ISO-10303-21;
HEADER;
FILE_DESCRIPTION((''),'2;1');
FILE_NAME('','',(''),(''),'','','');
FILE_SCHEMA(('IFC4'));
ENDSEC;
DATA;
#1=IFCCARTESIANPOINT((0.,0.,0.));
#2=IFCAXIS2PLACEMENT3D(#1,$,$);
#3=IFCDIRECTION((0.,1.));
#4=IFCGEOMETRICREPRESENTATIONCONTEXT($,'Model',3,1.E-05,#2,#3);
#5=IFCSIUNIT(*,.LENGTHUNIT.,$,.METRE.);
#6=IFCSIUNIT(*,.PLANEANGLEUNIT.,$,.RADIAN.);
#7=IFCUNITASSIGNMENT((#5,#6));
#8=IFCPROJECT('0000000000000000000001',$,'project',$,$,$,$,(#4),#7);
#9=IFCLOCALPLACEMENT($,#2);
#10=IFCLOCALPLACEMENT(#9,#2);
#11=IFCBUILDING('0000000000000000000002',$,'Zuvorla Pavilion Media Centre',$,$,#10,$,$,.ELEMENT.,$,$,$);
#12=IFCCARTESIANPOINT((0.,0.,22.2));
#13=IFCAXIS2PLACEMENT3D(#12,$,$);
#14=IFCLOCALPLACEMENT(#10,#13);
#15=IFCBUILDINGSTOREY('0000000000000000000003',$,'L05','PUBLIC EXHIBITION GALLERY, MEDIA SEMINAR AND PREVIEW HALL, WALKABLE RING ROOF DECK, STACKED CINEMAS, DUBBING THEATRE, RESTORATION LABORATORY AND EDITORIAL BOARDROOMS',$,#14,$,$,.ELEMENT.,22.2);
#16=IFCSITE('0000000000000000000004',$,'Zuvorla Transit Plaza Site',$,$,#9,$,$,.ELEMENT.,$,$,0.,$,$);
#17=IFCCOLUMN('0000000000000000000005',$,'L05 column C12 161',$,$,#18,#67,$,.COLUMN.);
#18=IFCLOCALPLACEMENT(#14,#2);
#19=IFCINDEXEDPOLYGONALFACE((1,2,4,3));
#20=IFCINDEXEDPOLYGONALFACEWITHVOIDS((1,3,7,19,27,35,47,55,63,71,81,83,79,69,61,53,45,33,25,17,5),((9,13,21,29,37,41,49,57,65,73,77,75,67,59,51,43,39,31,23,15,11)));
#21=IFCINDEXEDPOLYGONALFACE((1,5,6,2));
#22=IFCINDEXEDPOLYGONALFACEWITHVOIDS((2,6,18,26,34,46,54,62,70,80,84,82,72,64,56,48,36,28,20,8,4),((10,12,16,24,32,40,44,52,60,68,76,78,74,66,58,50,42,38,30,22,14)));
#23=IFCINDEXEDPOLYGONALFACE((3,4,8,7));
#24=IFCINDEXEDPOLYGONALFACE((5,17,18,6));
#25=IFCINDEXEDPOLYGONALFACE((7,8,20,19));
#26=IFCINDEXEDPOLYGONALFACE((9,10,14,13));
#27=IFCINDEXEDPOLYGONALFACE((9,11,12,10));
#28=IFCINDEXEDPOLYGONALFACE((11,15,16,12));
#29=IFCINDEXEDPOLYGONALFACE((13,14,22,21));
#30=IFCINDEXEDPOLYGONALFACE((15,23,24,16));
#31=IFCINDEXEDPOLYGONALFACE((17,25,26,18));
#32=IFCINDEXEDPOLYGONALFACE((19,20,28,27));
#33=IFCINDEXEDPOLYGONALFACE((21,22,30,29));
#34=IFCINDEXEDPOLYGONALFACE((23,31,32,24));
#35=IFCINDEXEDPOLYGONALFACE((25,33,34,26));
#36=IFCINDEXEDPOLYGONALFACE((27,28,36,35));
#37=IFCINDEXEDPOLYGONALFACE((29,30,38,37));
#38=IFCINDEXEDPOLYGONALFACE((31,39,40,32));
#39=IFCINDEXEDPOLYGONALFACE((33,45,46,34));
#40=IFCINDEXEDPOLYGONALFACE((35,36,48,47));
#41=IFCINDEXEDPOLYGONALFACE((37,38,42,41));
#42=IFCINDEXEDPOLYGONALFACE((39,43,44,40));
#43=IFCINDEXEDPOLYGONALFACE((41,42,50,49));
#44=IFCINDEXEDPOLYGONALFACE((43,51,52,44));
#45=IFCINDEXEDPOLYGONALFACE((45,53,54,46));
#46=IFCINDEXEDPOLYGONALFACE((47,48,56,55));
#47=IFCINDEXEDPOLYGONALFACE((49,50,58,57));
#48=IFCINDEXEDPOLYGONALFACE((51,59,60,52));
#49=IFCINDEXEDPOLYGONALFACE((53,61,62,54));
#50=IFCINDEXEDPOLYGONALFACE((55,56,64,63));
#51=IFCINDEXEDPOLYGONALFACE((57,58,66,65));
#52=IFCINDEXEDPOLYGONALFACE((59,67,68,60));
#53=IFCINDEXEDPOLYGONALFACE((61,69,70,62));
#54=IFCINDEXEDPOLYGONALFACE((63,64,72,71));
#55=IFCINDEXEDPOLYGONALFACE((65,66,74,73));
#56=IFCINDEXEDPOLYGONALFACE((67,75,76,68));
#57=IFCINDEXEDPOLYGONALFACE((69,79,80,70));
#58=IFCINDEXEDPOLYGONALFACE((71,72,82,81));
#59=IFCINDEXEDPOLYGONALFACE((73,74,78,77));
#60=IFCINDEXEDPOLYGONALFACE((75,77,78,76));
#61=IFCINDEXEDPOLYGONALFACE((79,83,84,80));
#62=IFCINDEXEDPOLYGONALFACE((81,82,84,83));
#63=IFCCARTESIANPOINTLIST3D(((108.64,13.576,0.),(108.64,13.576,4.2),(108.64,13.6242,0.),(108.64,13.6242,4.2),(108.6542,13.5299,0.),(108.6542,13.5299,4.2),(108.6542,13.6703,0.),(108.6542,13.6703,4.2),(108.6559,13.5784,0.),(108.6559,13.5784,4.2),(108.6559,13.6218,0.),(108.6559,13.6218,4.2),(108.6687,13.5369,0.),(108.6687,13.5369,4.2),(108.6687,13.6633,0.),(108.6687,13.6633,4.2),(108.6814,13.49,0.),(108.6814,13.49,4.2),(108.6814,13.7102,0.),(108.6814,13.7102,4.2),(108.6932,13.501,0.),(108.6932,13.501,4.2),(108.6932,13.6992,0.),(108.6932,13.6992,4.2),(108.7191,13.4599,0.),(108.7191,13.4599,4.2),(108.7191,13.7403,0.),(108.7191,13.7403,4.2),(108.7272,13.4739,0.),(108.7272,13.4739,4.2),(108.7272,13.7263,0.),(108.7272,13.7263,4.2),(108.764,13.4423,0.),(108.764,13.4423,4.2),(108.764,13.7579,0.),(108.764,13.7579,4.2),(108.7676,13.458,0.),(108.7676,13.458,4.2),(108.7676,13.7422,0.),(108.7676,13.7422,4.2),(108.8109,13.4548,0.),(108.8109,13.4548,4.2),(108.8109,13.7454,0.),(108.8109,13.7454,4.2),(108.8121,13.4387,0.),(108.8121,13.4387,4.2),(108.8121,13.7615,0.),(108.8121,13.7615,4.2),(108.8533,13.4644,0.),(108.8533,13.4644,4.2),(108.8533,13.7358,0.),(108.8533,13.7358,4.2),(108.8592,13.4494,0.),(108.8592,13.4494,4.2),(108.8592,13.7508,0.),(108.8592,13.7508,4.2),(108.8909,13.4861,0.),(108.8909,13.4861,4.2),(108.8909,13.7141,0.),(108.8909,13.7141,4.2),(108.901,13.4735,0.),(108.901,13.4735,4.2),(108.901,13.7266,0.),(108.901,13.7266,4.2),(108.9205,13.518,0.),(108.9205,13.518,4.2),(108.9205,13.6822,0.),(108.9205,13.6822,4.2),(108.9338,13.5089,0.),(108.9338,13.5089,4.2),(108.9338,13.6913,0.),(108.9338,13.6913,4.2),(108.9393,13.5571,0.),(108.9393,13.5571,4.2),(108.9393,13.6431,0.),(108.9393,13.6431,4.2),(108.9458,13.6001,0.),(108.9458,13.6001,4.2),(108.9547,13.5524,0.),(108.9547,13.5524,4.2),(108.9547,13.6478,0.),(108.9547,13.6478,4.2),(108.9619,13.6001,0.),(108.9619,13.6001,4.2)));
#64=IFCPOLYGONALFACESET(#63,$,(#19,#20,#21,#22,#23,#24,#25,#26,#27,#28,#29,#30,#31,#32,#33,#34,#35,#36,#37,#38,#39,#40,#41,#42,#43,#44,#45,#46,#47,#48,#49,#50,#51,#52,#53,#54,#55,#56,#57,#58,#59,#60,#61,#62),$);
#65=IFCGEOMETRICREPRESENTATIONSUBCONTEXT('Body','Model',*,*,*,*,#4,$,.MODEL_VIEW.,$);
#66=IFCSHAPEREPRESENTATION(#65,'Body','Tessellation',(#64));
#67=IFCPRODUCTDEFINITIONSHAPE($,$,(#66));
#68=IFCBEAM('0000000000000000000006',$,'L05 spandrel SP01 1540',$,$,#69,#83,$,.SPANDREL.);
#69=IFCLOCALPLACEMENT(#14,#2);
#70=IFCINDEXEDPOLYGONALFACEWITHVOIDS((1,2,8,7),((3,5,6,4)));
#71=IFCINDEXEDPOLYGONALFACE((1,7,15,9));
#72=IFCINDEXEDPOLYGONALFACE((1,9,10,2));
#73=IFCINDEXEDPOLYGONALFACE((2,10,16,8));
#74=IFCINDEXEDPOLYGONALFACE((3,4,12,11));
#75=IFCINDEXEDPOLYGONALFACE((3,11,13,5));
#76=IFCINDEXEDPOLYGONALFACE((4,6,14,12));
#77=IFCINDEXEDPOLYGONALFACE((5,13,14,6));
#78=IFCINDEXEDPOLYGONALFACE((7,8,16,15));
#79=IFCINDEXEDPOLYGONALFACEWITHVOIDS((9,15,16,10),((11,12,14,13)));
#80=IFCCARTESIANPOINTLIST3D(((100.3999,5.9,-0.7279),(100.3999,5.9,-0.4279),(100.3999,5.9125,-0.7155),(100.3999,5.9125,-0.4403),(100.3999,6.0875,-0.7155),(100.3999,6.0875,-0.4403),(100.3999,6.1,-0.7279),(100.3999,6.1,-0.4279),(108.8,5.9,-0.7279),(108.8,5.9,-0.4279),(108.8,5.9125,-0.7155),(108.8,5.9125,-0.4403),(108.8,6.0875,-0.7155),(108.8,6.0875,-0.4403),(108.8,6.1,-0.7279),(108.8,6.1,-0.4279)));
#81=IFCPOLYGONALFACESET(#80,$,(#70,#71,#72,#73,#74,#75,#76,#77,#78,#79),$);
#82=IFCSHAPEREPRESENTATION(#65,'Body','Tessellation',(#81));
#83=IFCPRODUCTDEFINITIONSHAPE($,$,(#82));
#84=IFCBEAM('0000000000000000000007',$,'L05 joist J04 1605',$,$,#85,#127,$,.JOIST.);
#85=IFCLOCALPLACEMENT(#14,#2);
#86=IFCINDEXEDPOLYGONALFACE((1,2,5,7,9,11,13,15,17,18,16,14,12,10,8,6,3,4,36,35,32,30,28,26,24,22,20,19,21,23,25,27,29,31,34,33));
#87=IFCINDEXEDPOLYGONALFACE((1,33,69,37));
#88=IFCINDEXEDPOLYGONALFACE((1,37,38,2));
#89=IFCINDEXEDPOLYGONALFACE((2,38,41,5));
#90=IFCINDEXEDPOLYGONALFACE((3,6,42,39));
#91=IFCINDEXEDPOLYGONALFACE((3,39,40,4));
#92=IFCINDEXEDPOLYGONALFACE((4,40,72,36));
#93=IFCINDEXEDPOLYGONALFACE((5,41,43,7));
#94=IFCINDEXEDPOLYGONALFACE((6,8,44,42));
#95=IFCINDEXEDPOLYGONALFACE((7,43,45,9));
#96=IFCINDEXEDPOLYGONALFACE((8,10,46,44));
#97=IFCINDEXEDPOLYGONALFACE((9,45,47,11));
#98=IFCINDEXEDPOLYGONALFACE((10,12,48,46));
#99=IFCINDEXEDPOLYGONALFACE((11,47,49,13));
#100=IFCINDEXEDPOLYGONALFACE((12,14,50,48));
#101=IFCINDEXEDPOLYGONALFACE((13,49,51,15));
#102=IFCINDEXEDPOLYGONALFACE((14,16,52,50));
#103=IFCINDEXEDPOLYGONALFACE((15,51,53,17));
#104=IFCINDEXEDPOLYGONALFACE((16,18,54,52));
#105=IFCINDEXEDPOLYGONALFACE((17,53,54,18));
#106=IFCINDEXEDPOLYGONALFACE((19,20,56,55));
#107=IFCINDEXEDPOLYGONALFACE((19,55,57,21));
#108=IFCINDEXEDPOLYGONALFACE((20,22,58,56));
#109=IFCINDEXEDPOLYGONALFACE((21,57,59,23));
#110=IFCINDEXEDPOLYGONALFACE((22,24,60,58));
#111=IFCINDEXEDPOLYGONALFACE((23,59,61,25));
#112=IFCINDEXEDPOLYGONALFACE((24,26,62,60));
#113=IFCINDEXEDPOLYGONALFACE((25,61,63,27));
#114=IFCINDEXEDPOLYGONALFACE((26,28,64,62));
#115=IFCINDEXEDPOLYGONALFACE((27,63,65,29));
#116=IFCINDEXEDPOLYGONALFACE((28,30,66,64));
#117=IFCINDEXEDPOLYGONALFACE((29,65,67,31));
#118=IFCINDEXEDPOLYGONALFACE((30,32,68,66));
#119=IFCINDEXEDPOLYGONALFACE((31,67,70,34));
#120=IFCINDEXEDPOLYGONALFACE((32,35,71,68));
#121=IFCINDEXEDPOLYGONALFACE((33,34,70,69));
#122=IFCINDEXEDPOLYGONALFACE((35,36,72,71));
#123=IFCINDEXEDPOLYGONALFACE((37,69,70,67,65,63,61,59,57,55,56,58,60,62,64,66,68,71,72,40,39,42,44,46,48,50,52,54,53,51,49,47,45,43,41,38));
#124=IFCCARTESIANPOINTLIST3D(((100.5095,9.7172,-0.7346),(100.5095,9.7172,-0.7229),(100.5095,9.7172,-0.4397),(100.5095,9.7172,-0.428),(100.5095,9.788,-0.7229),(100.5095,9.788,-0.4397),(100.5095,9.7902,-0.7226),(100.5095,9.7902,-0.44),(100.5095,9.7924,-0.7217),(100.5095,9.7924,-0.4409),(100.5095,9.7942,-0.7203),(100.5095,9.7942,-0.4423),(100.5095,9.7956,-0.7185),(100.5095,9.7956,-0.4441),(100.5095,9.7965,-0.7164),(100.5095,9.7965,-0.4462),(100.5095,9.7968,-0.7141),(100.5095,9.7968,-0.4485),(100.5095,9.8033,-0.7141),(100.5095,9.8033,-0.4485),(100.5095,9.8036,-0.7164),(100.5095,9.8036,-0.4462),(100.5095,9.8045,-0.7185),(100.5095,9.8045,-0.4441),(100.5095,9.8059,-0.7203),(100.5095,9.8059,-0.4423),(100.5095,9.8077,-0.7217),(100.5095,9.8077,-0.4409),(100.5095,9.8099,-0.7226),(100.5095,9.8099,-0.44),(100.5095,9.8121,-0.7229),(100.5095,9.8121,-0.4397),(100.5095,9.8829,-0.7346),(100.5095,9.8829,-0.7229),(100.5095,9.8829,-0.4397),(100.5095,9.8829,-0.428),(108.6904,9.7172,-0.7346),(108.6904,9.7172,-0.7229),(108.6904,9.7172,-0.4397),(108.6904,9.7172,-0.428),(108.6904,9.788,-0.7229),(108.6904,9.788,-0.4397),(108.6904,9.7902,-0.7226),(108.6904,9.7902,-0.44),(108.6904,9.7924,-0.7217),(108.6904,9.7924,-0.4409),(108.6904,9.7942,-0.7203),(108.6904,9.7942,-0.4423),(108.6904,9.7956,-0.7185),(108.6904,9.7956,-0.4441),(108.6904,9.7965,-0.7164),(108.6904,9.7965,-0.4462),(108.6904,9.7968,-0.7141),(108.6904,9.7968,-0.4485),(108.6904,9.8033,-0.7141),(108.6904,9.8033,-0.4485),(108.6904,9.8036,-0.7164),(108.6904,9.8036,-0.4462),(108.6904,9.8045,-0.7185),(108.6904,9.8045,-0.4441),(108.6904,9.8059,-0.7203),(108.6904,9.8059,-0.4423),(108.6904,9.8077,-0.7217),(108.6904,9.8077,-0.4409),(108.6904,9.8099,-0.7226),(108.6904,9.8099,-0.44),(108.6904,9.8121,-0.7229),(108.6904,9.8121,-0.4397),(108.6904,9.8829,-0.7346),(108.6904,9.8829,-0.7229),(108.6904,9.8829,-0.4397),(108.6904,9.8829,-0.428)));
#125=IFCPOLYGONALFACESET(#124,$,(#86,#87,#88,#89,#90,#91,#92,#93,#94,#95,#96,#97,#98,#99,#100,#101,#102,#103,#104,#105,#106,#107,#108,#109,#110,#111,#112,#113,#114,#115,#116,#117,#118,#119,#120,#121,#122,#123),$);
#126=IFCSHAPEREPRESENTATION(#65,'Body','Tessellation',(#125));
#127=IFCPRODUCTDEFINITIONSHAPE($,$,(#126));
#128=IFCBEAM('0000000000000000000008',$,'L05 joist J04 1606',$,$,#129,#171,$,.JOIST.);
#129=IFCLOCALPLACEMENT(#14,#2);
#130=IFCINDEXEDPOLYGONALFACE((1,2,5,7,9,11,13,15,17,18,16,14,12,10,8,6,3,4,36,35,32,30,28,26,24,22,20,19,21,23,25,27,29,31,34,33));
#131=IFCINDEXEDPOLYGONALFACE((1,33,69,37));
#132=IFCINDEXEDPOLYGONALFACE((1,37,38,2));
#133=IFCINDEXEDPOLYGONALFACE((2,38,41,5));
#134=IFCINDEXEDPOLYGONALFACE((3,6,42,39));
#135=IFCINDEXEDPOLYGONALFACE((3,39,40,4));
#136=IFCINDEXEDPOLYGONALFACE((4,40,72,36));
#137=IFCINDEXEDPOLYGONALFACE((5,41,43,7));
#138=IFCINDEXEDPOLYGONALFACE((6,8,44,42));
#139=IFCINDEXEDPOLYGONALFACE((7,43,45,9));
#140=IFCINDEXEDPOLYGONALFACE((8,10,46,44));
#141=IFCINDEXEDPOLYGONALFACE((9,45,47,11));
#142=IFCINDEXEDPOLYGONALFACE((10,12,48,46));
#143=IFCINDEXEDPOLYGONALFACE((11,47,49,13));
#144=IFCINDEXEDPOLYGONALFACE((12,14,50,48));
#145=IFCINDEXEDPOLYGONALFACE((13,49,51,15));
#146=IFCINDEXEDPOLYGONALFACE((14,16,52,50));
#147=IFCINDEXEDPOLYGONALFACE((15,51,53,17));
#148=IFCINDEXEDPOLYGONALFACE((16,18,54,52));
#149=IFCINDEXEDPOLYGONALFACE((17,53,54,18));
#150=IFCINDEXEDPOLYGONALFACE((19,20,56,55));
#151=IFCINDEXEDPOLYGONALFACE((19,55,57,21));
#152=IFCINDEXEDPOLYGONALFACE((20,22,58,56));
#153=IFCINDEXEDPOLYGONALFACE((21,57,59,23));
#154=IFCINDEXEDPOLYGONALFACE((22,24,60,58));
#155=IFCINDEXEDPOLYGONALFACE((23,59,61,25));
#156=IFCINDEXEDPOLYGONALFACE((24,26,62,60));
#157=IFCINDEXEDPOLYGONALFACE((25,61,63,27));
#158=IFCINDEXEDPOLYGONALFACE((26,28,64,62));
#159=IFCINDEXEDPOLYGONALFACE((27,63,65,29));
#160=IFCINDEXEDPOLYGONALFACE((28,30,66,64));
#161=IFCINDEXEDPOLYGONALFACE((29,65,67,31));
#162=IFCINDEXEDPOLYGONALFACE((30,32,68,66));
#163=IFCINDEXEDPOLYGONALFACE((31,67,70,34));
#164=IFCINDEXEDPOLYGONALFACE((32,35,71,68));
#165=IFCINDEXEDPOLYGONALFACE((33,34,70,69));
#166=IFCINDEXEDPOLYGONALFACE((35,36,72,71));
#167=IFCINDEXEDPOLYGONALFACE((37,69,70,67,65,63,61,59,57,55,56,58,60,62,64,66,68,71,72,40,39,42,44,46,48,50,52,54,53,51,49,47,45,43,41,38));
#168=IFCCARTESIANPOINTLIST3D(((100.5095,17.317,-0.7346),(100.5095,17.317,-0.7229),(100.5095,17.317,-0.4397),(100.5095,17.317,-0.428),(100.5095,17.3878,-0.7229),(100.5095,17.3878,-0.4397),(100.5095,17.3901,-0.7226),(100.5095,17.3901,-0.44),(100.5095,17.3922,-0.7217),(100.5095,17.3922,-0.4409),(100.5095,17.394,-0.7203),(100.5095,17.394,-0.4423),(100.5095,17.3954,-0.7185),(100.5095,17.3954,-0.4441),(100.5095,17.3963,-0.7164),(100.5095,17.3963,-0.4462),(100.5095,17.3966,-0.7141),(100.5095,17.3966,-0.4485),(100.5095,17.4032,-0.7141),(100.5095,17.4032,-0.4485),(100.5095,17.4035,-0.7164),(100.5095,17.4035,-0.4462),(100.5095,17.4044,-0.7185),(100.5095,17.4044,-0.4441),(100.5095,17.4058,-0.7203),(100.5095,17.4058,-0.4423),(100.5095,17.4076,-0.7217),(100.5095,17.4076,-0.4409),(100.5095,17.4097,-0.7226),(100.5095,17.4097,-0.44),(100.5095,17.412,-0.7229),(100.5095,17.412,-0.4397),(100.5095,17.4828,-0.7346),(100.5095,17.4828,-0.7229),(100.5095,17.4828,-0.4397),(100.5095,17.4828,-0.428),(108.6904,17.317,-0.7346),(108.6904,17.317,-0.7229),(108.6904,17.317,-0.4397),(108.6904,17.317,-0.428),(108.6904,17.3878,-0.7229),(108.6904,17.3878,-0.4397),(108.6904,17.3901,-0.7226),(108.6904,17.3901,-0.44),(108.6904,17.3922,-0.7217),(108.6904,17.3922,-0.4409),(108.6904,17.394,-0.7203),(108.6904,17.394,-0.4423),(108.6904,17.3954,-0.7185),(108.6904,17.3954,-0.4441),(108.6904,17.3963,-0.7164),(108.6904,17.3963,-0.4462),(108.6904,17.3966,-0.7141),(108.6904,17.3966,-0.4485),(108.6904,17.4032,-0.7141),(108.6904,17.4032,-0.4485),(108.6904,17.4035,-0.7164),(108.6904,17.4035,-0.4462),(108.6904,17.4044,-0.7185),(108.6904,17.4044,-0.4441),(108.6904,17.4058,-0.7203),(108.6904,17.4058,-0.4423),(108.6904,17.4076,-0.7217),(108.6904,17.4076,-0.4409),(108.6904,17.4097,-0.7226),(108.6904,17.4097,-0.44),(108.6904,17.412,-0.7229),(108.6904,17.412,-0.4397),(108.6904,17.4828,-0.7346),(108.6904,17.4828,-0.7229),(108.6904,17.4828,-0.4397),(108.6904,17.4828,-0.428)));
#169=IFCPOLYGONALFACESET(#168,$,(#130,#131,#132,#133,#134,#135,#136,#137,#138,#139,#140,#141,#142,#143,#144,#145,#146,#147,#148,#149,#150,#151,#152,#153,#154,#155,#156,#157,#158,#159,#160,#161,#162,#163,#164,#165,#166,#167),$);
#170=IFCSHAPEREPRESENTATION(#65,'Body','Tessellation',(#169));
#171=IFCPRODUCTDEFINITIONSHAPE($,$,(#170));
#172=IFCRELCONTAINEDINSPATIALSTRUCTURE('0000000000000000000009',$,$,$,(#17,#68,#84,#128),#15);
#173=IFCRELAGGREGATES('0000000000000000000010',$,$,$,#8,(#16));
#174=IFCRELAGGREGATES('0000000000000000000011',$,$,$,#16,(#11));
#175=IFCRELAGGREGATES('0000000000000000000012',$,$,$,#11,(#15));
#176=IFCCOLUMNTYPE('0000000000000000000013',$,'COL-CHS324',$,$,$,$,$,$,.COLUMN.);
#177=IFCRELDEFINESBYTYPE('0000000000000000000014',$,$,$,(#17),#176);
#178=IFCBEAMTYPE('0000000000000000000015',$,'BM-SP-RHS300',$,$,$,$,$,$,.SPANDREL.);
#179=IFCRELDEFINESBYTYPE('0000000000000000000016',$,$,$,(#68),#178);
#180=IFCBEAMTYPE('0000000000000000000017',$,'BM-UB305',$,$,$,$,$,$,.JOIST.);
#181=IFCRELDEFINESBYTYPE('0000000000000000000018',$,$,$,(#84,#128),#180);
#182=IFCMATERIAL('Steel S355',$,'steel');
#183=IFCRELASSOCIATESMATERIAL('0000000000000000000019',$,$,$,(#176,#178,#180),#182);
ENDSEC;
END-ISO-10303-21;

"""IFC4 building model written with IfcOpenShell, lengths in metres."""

from ifc_helpers import new_model, si_unit, direction, frame, origin, origin_2d, place, context, subcontext, project, spatial, hollow_rectangle, hollow_circle, i_section, extrude, material, material_profile, profile_set, type_object, element, save


model = new_model("IFC4")

# Units and contexts
model_context = context("Model", 3, precision=1e-05, world=origin(), true_north=direction((0.0, 1.0)))
body_context = subcontext(model_context, "Body", "Model", "MODEL_VIEW")
ifc_project = project(units=[si_unit("LENGTHUNIT", "METRE"), si_unit("PLANEANGLEUNIT", "RADIAN")], contexts=[model_context])

# Site, building, storey
site_placement = place(None, origin())
site = spatial("IfcSite", under=ifc_project, at=site_placement, Name="Zuvorla Transit Plaza Site", CompositionType="ELEMENT", RefElevation=0.0)
building_placement = place(site_placement, origin())
building = spatial("IfcBuilding", under=site, at=building_placement, Name="Zuvorla Pavilion Media Centre", CompositionType="ELEMENT")
storey_placement = place(building_placement, frame((0.0, 0.0, 22.2)))
storey = spatial("IfcBuildingStorey", under=building, at=storey_placement, Name="L05", Description="PUBLIC EXHIBITION GALLERY, MEDIA SEMINAR AND PREVIEW HALL, WALKABLE RING ROOF DECK, STACKED CINEMAS, DUBBING THEATRE, RESTORATION LABORATORY AND EDITORIAL BOARDROOMS", CompositionType="ELEMENT", Elevation=22.2)

# Column
ifc_material_1 = material(Name="Steel S355", Category="steel")
ifc_material_profile_1 = material_profile(ifc_material_1, hollow_circle(Radius=0.1619, WallThickness=0.0161, at=origin_2d()), Name="CHS 323.9x16")
ifc_profile_set_1 = profile_set([ifc_material_profile_1], Name="Steel S355")
column_type = type_object("IfcColumnType", Name="COL-CHS324", PredefinedType="COLUMN", material=ifc_profile_set_1)
for number, where, z_axis, x_axis, name in (
    (1, (108.8, 13.6001, 0.0), (0.0, 0.0, 1.0), (1.0, 0.0, 0.0), "L05 column C12 161"),
):
    element("IfcColumn", number, at=place(storey_placement, frame(where, z_axis=z_axis, x_axis=x_axis)), inside=storey, type_object=column_type, Name=name, PredefinedType="COLUMN", context=body_context, shape_type="SweptSolid", body=[
        extrude(hollow_circle(Radius=0.1619, WallThickness=0.0161, at=origin_2d()), origin(), (0.0, 0.0, 1.0), 4.2),
    ])

# Beams
ifc_material_profile_2 = material_profile(ifc_material_1, hollow_rectangle(XDim=0.2, YDim=0.3, WallThickness=0.0125, at=origin_2d()), Name="RHS 300x200x12.5")
ifc_profile_set_2 = profile_set([ifc_material_profile_2], Name="Steel S355")
beam_type_1 = type_object("IfcBeamType", Name="BM-SP-RHS300", PredefinedType="SPANDREL", material=ifc_profile_set_2)
beam_1_placement = place(storey_placement, frame((100.3999, 6.0, -0.5779), z_axis=(1.0, 0.0, 0.0), x_axis=(0.0, 1.0, 0.0)))
element("IfcBeam", 2, at=beam_1_placement, inside=storey, type_object=beam_type_1, Name="L05 spandrel SP01 1540", PredefinedType="SPANDREL", context=body_context, shape_type="SweptSolid", body=[
    extrude(hollow_rectangle(XDim=0.2, YDim=0.3, WallThickness=0.0125, at=origin_2d()), origin(), (0.0, 0.0, 1.0), 8.4001),
])
ifc_material_profile_3 = material_profile(ifc_material_1, i_section(OverallWidth=0.1658, OverallDepth=0.3066, WebThickness=0.0066, FlangeThickness=0.0117, FilletRadius=0.0088, at=origin_2d()), Name="UB 305x165x46")
ifc_profile_set_3 = profile_set([ifc_material_profile_3], Name="Steel S355")
beam_type_2 = type_object("IfcBeamType", Name="BM-UB305", PredefinedType="JOIST", material=ifc_profile_set_3)
for number, where, z_axis, x_axis, name in (
    (3, (100.5095, 9.8, -0.5813), (1.0, 0.0, 0.0), (0.0, 1.0, 0.0), "L05 joist J04 1605"),
    (4, (100.5095, 17.3999, -0.5813), (1.0, 0.0, 0.0), (0.0, 1.0, 0.0), "L05 joist J04 1606"),
):
    element("IfcBeam", number, at=place(storey_placement, frame(where, z_axis=z_axis, x_axis=x_axis)), inside=storey, type_object=beam_type_2, Name=name, PredefinedType="JOIST", context=body_context, shape_type="SweptSolid", body=[
        extrude(i_section(OverallWidth=0.1658, OverallDepth=0.3066, WebThickness=0.0066, FlangeThickness=0.0117, FilletRadius=0.0088, at=origin_2d()), origin(), (0.0, 0.0, 1.0), 8.1809),
    ])

save(model, "model.ifc")
